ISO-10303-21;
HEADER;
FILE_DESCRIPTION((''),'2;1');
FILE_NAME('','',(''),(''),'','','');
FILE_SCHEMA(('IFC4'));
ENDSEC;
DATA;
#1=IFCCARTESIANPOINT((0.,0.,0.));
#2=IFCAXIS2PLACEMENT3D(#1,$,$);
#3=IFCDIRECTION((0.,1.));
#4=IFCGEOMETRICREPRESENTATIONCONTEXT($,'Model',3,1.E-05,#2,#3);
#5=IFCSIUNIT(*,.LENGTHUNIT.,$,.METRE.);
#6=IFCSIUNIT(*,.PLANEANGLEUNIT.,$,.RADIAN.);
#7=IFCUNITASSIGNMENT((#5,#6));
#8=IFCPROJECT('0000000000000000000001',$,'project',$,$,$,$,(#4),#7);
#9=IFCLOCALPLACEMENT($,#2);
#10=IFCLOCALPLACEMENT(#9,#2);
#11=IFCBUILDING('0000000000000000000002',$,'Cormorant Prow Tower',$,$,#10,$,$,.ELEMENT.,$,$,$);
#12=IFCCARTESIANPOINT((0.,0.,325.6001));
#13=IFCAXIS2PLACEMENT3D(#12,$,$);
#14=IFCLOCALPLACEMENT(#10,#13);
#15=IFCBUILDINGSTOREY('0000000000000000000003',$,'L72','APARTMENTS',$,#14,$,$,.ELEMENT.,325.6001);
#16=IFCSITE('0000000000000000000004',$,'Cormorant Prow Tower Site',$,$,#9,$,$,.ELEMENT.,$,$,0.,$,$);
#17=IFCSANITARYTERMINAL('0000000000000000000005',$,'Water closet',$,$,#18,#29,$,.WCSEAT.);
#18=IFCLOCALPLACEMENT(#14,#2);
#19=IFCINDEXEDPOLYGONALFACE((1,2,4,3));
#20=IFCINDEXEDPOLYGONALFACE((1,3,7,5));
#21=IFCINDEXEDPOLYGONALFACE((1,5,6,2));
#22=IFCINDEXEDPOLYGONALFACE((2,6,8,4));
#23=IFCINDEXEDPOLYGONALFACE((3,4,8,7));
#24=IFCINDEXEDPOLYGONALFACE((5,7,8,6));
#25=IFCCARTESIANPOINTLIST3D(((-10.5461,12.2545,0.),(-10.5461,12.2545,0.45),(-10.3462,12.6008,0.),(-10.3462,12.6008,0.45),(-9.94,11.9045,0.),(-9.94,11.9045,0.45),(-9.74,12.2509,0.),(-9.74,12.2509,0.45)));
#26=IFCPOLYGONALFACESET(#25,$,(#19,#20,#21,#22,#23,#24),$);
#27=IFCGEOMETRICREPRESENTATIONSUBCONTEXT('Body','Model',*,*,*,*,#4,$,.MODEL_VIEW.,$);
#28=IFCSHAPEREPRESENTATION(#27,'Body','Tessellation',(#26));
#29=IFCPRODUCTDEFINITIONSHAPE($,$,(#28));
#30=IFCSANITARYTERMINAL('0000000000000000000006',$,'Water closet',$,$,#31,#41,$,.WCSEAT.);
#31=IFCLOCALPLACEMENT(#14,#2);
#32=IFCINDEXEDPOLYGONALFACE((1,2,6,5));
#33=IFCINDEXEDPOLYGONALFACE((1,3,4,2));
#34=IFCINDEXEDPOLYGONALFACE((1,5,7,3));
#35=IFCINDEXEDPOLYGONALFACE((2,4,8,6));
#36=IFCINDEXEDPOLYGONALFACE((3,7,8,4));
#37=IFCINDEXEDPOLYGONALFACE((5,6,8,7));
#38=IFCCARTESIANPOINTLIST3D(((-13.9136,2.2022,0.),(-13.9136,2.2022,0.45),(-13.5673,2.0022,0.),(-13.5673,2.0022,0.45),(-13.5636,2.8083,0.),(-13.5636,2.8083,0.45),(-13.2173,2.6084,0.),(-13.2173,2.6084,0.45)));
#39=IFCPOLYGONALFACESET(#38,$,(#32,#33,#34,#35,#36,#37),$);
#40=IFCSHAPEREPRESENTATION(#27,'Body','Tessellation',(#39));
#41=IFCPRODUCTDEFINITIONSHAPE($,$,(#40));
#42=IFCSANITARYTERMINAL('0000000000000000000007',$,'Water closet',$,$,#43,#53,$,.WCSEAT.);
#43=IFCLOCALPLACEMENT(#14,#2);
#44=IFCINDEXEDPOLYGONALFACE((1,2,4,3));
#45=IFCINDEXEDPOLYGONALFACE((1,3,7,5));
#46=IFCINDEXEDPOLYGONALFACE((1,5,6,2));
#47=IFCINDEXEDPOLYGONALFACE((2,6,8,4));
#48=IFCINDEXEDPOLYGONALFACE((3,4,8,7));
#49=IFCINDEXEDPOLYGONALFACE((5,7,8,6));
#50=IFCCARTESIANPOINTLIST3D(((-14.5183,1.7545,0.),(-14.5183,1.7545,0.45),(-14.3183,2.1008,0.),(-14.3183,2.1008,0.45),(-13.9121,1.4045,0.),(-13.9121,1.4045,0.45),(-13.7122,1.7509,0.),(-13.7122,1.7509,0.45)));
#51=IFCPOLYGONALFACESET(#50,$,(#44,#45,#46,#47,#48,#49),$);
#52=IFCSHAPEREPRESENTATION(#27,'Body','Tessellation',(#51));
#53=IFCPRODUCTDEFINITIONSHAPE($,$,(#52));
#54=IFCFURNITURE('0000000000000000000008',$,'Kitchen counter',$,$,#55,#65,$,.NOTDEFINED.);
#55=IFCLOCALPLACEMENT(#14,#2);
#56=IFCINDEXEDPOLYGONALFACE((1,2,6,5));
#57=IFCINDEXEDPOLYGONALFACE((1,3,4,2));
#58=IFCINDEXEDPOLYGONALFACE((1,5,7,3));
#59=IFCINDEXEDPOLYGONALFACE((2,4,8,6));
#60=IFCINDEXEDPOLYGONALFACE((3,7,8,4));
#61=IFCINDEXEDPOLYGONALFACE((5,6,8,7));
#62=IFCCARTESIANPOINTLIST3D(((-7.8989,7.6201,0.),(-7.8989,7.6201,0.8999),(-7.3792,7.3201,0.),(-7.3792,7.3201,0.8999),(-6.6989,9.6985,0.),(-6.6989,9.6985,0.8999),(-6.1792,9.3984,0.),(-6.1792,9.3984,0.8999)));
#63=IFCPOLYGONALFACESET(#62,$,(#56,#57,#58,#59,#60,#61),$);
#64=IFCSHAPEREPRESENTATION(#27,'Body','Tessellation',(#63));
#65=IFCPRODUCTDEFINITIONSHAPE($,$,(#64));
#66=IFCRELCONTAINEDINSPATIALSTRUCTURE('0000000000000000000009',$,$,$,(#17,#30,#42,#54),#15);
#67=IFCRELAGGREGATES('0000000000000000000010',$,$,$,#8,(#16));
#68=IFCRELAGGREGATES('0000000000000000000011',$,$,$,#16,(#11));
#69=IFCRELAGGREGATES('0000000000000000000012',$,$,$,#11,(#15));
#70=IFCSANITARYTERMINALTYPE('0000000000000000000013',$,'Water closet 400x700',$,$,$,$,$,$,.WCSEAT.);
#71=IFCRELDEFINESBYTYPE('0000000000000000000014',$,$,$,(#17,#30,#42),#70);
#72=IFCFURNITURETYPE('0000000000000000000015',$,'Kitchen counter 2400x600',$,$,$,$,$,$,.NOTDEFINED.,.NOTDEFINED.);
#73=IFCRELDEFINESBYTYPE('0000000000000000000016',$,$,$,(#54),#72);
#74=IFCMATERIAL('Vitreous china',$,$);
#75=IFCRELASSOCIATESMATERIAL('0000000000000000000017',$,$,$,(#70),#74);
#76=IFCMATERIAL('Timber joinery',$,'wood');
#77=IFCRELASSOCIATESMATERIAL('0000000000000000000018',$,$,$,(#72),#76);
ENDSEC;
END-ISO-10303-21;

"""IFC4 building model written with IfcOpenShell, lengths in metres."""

from ifc_helpers import new_model, si_unit, direction, frame, origin, origin_2d, place, context, subcontext, project, spatial, rectangle, extrude, material, type_object, element, save


model = new_model("IFC4")

# Units and contexts
model_context = context("Model", 3, precision=1e-05, world=origin(), true_north=direction((0.0, 1.0)))
body_context = subcontext(model_context, "Body", "Model", "MODEL_VIEW")
ifc_project = project(units=[si_unit("LENGTHUNIT", "METRE"), si_unit("PLANEANGLEUNIT", "RADIAN")], contexts=[model_context])

# Site, building, storey
site_placement = place(None, origin())
site = spatial("IfcSite", under=ifc_project, at=site_placement, Name="Cormorant Prow Tower Site", CompositionType="ELEMENT", RefElevation=0.0)
building_placement = place(site_placement, origin())
building = spatial("IfcBuilding", under=site, at=building_placement, Name="Cormorant Prow Tower", CompositionType="ELEMENT")
storey_placement = place(building_placement, frame((0.0, 0.0, 325.6001)))
storey = spatial("IfcBuildingStorey", under=building, at=storey_placement, Name="L72", Description="APARTMENTS", CompositionType="ELEMENT", Elevation=325.6001)

# Sanitary terminals
ifc_material_1 = material(Name="Vitreous china")
sanitary_terminal_type_1 = type_object("IfcSanitaryTerminalType", Name="Water closet 400x700", PredefinedType="WCSEAT", material=ifc_material_1)
for number, where, z_axis, x_axis, name in (
    (1, (-10.1431, 12.2527, 0.0), (0.0, 0.0, 1.0), (0.5, 0.866025, 0.0), "Water closet"),
    (2, (-13.5654, 2.4053, 0.0), (0.0, 0.0, 1.0), (-0.866025, 0.5, 0.0), "Water closet"),
    (3, (-14.1152, 1.7527, 0.0), (0.0, 0.0, 1.0), (-0.5, -0.866025, 0.0), "Water closet"),
):
    element("IfcSanitaryTerminal", number, at=place(storey_placement, frame(where, z_axis=z_axis, x_axis=x_axis)), inside=storey, type_object=sanitary_terminal_type_1, Name=name, PredefinedType="WCSEAT", context=body_context, shape_type="SweptSolid", body=[
        extrude(rectangle(XDim=0.3999, YDim=0.7, at=origin_2d()), origin(), (0.0, 0.0, 1.0), 0.45),
    ])

# Furniture
ifc_material_2 = material(Name="Timber joinery", Category="wood")
furniture_type = type_object("IfcFurnitureType", Name="Kitchen counter 2400x600", AssemblyPlace="NOTDEFINED", PredefinedType="NOTDEFINED", material=ifc_material_2)
furniture_placement = place(storey_placement, frame((-7.0391, 8.5093, 0.0), z_axis=(0.0, 0.0, 1.0), x_axis=(-0.5, -0.866025, 0.0)))
element("IfcFurniture", 4, at=furniture_placement, inside=storey, type_object=furniture_type, Name="Kitchen counter", PredefinedType="NOTDEFINED", context=body_context, shape_type="SweptSolid", body=[
    extrude(rectangle(XDim=2.3999, YDim=0.6001, at=origin_2d()), origin(), (0.0, 0.0, 1.0), 0.8999),
])

save(model, "model.ifc")
